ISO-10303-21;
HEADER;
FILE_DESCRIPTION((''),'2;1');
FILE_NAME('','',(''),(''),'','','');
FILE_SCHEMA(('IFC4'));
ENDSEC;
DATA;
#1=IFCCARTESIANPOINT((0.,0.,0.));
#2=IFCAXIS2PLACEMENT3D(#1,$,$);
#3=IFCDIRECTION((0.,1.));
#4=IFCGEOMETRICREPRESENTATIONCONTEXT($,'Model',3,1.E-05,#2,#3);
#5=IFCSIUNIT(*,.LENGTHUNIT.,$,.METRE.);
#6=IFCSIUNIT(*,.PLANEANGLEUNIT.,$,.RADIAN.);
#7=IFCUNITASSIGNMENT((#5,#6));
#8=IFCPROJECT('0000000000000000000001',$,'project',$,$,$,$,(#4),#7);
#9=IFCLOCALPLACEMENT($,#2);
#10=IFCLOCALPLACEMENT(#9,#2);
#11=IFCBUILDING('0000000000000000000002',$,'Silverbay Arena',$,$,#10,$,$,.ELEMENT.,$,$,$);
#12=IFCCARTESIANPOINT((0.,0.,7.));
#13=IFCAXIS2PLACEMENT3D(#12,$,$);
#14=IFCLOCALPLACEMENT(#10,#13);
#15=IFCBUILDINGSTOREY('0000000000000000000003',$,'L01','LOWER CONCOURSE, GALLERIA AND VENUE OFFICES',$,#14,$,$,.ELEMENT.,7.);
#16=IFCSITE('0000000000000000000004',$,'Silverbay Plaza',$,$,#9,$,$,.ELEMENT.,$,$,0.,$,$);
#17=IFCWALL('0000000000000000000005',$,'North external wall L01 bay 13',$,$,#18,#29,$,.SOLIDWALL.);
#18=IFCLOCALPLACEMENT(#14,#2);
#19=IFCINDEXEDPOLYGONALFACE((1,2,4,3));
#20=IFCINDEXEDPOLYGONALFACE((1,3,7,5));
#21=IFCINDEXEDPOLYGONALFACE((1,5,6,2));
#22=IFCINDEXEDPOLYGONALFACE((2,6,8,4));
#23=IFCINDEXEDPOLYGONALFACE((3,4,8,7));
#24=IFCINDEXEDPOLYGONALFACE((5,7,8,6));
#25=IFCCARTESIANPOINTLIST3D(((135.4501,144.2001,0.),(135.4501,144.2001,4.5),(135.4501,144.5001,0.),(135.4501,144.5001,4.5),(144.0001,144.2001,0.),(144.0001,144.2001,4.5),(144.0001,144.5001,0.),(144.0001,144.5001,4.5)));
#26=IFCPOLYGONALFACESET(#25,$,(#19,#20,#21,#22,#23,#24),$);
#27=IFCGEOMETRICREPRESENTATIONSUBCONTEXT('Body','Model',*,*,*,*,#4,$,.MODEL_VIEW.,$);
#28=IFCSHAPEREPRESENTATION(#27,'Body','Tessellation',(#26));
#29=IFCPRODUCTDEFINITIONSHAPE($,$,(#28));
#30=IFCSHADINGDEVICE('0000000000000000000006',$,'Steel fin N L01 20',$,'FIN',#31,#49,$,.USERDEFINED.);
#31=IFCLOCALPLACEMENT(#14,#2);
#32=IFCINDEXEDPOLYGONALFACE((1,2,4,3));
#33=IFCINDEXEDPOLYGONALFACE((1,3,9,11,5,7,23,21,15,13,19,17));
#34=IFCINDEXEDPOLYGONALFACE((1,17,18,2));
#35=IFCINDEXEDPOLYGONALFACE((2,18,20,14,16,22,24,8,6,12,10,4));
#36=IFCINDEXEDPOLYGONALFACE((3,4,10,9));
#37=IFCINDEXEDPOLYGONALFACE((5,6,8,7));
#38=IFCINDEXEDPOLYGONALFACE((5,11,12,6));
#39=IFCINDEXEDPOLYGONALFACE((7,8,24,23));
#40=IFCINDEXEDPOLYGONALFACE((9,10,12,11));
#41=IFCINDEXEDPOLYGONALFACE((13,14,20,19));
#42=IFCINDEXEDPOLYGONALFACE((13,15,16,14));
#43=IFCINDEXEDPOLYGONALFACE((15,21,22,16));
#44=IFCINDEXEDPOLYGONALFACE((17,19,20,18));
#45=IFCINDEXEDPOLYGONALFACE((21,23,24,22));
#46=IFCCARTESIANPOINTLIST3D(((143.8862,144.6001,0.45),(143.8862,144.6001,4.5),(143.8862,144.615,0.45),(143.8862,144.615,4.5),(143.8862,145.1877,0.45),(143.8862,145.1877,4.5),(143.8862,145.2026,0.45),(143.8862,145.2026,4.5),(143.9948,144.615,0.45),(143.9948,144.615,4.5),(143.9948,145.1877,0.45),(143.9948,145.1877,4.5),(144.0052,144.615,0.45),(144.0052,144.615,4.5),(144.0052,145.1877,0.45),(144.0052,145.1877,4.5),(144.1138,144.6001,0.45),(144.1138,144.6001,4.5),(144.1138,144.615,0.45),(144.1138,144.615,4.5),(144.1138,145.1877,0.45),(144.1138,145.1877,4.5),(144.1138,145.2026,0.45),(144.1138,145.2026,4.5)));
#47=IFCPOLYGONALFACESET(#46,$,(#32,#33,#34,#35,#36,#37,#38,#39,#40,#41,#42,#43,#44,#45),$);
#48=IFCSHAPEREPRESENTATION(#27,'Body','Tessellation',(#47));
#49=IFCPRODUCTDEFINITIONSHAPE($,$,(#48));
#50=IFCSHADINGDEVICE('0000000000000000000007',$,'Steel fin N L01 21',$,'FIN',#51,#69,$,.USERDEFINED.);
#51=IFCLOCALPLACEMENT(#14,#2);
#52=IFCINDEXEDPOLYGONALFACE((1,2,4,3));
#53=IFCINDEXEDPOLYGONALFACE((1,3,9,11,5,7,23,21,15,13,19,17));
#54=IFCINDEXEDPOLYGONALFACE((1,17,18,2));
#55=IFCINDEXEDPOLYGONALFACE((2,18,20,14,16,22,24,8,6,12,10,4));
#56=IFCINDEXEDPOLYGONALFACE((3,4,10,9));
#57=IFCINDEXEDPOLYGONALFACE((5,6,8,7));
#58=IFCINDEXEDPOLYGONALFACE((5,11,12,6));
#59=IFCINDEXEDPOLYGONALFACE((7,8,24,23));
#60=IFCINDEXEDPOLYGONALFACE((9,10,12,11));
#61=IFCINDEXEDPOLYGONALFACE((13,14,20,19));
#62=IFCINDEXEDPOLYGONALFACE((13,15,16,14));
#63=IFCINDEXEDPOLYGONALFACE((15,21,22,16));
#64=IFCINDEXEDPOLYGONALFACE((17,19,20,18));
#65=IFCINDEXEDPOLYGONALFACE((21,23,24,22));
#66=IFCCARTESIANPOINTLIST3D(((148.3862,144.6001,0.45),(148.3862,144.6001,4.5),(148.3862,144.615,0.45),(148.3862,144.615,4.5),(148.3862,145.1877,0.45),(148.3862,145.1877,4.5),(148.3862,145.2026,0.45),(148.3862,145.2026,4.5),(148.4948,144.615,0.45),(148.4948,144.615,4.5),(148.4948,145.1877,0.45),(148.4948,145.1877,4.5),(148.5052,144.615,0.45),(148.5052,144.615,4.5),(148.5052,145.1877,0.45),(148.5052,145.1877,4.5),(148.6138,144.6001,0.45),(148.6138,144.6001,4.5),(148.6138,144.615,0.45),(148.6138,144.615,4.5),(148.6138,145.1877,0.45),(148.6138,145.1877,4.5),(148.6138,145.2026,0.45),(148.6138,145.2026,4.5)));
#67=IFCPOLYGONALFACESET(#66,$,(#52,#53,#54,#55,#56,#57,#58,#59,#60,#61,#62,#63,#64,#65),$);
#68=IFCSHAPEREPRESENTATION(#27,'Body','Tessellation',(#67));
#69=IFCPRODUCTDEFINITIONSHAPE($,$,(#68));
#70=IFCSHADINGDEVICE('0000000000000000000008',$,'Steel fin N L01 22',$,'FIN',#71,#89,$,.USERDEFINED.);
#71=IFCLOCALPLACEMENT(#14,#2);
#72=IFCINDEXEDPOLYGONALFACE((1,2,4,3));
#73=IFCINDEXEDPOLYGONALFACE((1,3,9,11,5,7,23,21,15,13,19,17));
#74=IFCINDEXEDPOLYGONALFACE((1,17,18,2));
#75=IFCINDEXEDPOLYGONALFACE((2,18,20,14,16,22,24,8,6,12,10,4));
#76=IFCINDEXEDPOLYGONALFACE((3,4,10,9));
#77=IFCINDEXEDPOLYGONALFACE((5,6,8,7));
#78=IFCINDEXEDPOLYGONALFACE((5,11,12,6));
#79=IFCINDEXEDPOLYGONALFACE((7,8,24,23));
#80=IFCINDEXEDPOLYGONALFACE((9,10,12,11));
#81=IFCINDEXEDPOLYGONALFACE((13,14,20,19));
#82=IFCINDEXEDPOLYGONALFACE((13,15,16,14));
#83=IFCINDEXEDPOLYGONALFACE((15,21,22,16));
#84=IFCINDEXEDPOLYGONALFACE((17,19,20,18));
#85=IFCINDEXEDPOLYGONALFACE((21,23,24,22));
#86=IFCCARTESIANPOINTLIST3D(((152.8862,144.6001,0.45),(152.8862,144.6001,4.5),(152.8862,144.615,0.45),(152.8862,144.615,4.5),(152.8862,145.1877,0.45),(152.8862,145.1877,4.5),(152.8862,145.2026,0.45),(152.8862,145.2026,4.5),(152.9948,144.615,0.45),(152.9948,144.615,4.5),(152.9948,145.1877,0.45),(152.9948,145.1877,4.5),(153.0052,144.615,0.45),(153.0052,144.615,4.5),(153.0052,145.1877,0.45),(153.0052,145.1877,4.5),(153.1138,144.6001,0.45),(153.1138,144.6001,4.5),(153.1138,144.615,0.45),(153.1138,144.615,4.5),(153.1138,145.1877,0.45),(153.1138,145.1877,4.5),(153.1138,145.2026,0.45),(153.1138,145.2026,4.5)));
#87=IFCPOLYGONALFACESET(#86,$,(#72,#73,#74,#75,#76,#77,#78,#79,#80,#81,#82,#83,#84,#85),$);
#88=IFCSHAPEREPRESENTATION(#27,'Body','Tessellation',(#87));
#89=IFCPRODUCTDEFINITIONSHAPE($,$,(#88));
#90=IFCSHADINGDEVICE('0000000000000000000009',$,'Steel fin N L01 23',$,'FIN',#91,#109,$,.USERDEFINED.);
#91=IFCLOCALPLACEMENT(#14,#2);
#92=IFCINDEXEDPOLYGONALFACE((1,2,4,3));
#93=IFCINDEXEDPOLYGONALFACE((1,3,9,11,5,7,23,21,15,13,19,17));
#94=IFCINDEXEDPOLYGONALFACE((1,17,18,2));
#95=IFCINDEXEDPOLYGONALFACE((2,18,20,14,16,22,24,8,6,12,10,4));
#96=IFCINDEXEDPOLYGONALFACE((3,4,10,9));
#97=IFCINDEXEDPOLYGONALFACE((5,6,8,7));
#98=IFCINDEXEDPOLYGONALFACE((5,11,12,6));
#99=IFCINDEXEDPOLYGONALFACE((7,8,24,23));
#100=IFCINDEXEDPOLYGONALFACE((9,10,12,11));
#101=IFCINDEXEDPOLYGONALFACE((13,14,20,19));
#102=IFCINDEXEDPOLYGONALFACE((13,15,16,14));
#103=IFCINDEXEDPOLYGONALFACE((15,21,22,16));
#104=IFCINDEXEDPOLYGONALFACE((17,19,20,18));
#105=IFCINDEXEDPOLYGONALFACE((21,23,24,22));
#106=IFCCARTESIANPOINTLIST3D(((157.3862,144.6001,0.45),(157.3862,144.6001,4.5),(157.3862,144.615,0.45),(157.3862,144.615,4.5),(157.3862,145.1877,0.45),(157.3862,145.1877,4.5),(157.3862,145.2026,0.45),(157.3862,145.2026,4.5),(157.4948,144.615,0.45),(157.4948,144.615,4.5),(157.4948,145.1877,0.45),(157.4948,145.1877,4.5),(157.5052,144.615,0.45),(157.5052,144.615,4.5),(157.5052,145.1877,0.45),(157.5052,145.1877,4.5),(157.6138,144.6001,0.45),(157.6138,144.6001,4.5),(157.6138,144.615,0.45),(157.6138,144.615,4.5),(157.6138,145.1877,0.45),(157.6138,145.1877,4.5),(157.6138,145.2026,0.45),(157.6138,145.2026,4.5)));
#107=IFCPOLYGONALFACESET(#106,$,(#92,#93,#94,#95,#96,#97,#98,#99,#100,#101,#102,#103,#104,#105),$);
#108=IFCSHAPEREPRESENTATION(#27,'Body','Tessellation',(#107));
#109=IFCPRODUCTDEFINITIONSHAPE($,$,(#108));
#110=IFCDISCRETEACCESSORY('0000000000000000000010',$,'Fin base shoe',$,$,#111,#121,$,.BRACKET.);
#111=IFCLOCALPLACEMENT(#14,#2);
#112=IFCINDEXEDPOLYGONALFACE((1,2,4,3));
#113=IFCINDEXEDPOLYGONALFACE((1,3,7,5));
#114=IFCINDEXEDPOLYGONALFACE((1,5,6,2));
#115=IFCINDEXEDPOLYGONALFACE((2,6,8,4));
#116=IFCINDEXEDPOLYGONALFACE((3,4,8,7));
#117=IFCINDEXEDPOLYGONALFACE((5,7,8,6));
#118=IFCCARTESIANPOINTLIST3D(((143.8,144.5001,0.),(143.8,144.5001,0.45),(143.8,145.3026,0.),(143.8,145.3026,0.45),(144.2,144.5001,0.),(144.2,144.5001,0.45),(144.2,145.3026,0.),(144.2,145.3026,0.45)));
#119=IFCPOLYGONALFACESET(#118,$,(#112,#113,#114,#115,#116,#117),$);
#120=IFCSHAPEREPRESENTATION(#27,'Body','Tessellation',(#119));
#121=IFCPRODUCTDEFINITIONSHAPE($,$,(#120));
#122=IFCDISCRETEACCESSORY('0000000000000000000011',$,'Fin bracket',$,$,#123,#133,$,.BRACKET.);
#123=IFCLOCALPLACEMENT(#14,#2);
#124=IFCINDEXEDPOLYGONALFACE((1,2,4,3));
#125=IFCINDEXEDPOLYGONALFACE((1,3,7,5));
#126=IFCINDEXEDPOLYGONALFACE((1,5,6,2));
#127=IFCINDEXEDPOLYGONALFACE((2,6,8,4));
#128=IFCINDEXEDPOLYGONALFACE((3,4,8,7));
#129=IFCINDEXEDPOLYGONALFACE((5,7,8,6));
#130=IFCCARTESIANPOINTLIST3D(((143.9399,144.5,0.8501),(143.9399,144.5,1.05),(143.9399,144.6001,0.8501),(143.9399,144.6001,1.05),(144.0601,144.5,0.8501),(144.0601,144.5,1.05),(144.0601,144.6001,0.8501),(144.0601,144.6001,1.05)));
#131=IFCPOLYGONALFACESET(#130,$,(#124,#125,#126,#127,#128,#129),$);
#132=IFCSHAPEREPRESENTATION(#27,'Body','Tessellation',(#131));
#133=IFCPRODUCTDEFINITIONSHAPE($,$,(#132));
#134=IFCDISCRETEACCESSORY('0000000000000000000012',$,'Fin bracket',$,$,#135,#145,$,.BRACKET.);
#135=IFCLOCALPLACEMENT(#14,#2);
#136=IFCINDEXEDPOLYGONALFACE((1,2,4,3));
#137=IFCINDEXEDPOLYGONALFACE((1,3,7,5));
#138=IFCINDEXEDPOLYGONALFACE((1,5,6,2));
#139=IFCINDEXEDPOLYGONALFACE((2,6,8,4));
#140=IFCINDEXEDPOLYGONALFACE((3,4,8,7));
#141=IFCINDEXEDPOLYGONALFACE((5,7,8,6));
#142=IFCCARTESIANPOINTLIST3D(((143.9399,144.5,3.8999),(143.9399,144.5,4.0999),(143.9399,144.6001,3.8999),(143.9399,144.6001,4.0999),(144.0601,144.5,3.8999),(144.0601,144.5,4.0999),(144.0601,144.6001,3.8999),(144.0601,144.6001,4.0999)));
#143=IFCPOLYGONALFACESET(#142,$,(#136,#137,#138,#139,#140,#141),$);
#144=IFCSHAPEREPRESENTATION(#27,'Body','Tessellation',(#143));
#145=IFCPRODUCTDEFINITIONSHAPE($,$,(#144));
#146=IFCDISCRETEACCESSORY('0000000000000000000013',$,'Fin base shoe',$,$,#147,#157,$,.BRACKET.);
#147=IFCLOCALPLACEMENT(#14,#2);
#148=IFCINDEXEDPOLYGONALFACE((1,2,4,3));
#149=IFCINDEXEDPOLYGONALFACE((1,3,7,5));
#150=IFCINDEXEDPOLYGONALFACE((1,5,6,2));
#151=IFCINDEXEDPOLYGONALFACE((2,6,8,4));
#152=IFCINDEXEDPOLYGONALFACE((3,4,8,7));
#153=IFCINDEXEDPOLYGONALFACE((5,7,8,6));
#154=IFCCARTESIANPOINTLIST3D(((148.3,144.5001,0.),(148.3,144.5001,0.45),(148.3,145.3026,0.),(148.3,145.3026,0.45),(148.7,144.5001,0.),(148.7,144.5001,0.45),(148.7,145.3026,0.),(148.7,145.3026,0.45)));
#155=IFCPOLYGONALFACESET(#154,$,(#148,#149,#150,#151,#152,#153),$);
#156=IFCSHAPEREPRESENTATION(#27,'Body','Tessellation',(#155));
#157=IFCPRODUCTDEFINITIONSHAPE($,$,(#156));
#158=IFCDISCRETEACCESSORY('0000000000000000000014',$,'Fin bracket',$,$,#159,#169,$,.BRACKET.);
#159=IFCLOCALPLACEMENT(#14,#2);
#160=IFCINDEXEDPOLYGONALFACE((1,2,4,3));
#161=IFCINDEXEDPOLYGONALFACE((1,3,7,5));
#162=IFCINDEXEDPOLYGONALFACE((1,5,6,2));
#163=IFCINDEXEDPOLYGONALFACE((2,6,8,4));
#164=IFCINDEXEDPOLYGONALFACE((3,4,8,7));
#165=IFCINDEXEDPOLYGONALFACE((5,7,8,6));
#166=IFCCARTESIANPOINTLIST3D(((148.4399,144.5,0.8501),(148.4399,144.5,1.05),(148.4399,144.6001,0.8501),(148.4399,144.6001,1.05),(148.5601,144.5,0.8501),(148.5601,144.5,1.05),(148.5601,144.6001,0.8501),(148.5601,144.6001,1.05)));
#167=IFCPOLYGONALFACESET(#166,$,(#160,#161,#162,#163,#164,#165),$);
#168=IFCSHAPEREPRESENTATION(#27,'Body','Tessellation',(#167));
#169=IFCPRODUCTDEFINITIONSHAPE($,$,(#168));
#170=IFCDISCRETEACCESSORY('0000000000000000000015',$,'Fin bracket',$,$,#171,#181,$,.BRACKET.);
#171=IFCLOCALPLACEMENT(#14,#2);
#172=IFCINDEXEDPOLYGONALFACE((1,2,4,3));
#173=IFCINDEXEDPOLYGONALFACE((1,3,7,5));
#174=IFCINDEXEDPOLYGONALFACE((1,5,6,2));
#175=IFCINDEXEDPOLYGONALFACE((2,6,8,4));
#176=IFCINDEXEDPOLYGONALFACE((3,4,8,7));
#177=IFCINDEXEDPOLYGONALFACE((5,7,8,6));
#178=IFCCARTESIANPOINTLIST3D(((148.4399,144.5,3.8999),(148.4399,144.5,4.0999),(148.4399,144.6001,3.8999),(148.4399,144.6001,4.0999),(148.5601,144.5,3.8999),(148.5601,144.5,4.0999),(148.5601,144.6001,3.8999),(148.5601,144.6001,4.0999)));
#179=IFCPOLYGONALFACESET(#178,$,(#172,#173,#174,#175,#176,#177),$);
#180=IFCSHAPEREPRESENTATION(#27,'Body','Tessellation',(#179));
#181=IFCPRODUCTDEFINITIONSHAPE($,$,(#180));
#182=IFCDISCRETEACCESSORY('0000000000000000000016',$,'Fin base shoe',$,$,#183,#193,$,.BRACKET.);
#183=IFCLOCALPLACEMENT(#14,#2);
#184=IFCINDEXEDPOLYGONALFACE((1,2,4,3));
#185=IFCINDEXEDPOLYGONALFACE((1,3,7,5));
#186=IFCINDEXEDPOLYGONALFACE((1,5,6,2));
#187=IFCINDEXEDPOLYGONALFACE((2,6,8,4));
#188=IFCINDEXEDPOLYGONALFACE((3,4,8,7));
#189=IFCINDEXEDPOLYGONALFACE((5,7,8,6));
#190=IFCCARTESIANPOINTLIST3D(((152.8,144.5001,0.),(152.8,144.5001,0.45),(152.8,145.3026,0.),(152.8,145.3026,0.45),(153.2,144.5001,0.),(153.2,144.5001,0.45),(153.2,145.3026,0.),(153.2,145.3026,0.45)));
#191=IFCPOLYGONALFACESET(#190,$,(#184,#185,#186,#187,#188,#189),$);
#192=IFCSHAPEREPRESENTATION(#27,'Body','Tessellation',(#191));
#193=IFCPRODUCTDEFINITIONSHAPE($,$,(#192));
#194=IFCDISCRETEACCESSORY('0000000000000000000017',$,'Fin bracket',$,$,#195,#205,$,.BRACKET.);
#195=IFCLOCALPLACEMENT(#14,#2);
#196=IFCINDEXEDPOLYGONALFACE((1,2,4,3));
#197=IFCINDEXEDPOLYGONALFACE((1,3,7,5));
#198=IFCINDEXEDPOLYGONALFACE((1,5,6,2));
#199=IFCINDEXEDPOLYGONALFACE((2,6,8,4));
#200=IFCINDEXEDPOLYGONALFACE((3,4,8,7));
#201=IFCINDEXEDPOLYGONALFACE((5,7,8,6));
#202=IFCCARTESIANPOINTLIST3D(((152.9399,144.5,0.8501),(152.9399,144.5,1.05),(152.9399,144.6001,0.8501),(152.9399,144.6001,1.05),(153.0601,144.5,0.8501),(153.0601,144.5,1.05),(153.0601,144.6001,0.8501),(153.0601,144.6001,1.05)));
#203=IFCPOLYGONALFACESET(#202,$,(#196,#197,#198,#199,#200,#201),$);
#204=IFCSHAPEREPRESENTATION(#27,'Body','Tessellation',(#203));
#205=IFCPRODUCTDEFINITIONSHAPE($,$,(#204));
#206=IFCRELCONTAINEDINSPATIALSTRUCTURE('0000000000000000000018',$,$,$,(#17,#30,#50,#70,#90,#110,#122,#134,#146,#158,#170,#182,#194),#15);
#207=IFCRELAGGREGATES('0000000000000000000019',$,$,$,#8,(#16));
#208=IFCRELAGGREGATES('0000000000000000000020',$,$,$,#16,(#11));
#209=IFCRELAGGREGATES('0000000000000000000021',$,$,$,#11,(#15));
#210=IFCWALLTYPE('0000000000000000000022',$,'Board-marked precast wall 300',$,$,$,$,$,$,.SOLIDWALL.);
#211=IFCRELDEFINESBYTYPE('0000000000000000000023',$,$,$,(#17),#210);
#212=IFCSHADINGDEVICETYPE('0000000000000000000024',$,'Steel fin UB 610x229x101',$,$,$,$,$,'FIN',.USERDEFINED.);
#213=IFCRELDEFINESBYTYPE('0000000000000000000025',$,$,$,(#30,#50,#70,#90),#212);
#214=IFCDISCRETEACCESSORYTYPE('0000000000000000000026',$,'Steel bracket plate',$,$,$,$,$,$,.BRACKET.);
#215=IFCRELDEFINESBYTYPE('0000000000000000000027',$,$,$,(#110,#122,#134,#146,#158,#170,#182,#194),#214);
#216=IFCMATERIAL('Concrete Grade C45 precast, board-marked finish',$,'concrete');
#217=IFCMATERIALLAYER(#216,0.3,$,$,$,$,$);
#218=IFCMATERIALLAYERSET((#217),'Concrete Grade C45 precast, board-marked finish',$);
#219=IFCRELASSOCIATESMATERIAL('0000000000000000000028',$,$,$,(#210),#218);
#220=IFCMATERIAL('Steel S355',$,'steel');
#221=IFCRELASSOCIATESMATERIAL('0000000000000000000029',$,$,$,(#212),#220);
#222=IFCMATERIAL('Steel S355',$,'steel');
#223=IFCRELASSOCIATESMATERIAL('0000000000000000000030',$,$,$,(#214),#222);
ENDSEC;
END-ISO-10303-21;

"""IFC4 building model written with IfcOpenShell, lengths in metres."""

from ifc_helpers import new_model, si_unit, direction, frame, frame_2d, origin, origin_2d, place, context, subcontext, project, spatial, rectangle, i_section, extrude, material, layer, layer_set, material_profile, profile_set, type_object, element, save


model = new_model("IFC4")

# Units and contexts
model_context = context("Model", 3, precision=1e-05, world=origin(), true_north=direction((0.0, 1.0)))
body_context = subcontext(model_context, "Body", "Model", "MODEL_VIEW")
ifc_project = project(units=[si_unit("LENGTHUNIT", "METRE"), si_unit("PLANEANGLEUNIT", "RADIAN")], contexts=[model_context])

# Site, building, storey
site_placement = place(None, origin())
site = spatial("IfcSite", under=ifc_project, at=site_placement, Name="Silverbay Plaza", CompositionType="ELEMENT", RefElevation=0.0)
building_placement = place(site_placement, origin())
building = spatial("IfcBuilding", under=site, at=building_placement, Name="Silverbay Arena", CompositionType="ELEMENT")
storey_placement = place(building_placement, frame((0.0, 0.0, 7.0)))
storey = spatial("IfcBuildingStorey", under=building, at=storey_placement, Name="L01", Description="LOWER CONCOURSE, GALLERIA AND VENUE OFFICES", CompositionType="ELEMENT", Elevation=7.0)

# Wall
ifc_material_1 = material(Name="Concrete Grade C45 precast, board-marked finish", Category="concrete")
ifc_layer_1 = layer(ifc_material_1, 0.3)
ifc_layer_set_1 = layer_set([ifc_layer_1], Name="Concrete Grade C45 precast, board-marked finish")
wall_type = type_object("IfcWallType", Name="Board-marked precast wall 300", PredefinedType="SOLIDWALL", material=ifc_layer_set_1)
wall_placement = place(storey_placement, frame((144.0, 144.3501, 0.0), z_axis=(0.0, 0.0, 1.0), x_axis=(-1.0, 0.0, 0.0)))
element("IfcWall", 1, at=wall_placement, inside=storey, type_object=wall_type, Name="North external wall L01 bay 13", PredefinedType="SOLIDWALL", context=body_context, shape_type="SweptSolid", body=[
    extrude(rectangle(XDim=8.55, YDim=0.3, at=frame_2d((4.2749, 0.0))), origin(), (0.0, 0.0, 1.0), 4.5),
])

# Shading devices
ifc_material_2 = material(Name="Steel S355", Category="steel")
ifc_material_profile_1 = material_profile(ifc_material_2, i_section(OverallWidth=0.2275, OverallDepth=0.6025, WebThickness=0.0105, FlangeThickness=0.0149, at=origin_2d()), Name="UB 610x229x101")
ifc_profile_set_1 = profile_set([ifc_material_profile_1], Name="Steel S355")
shading_device_type = type_object("IfcShadingDeviceType", Name="Steel fin UB 610x229x101", ElementType="FIN", PredefinedType="USERDEFINED", material=ifc_profile_set_1)
for number, where, z_axis, x_axis, name in (
    (2, (144.0, 144.9014, 0.45), (0.0, 0.0, 1.0), (1.0, 0.0, 0.0), "Steel fin N L01 20"),
    (3, (148.5, 144.9014, 0.45), (0.0, 0.0, 1.0), (1.0, 0.0, 0.0), "Steel fin N L01 21"),
    (4, (153.0, 144.9014, 0.45), (0.0, 0.0, 1.0), (1.0, 0.0, 0.0), "Steel fin N L01 22"),
    (5, (157.5, 144.9014, 0.45), (0.0, 0.0, 1.0), (1.0, 0.0, 0.0), "Steel fin N L01 23"),
):
    element("IfcShadingDevice", number, at=place(storey_placement, frame(where, z_axis=z_axis, x_axis=x_axis)), inside=storey, type_object=shading_device_type, Name=name, ObjectType="FIN", PredefinedType="USERDEFINED", context=body_context, shape_type="SweptSolid", body=[
        extrude(i_section(OverallWidth=0.2275, OverallDepth=0.6025, WebThickness=0.0105, FlangeThickness=0.0149, at=origin_2d()), origin(), (0.0, 0.0, 1.0), 4.05),
    ])

# Discrete accessories
ifc_material_3 = material(Name="Steel S355", Category="steel")
discrete_accessory_type = type_object("IfcDiscreteAccessoryType", Name="Steel bracket plate", PredefinedType="BRACKET", material=ifc_material_3)
discrete_accessory_1_placement = place(storey_placement, frame((144.0, 144.9014, 0.0), z_axis=(0.0, 0.0, 1.0), x_axis=(1.0, 0.0, 0.0)))
element("IfcDiscreteAccessory", 6, at=discrete_accessory_1_placement, inside=storey, type_object=discrete_accessory_type, Name="Fin base shoe", PredefinedType="BRACKET", context=body_context, shape_type="SweptSolid", body=[
    extrude(rectangle(XDim=0.3999, YDim=0.8025, at=origin_2d()), origin(), (0.0, 0.0, 1.0), 0.45),
])
for number, where, z_axis, x_axis, name in (
    (7, (144.0, 144.55, 0.8501), (0.0, 0.0, 1.0), (1.0, 0.0, 0.0), "Fin bracket"),
    (8, (144.0, 144.55, 3.8999), (0.0, 0.0, 1.0), (1.0, 0.0, 0.0), "Fin bracket"),
):
    element("IfcDiscreteAccessory", number, at=place(storey_placement, frame(where, z_axis=z_axis, x_axis=x_axis)), inside=storey, type_object=discrete_accessory_type, Name=name, PredefinedType="BRACKET", context=body_context, shape_type="SweptSolid", body=[
        extrude(rectangle(XDim=0.1201, YDim=0.1001, at=origin_2d()), origin(), (0.0, 0.0, 1.0), 0.2),
    ])
discrete_accessory_2_placement = place(storey_placement, frame((148.5, 144.9014, 0.0), z_axis=(0.0, 0.0, 1.0), x_axis=(1.0, 0.0, 0.0)))
element("IfcDiscreteAccessory", 9, at=discrete_accessory_2_placement, inside=storey, type_object=discrete_accessory_type, Name="Fin base shoe", PredefinedType="BRACKET", context=body_context, shape_type="SweptSolid", body=[
    extrude(rectangle(XDim=0.3999, YDim=0.8025, at=origin_2d()), origin(), (0.0, 0.0, 1.0), 0.45),
])
for number, where, z_axis, x_axis, name in (
    (10, (148.5, 144.55, 0.8501), (0.0, 0.0, 1.0), (1.0, 0.0, 0.0), "Fin bracket"),
    (11, (148.5, 144.55, 3.8999), (0.0, 0.0, 1.0), (1.0, 0.0, 0.0), "Fin bracket"),
):
    element("IfcDiscreteAccessory", number, at=place(storey_placement, frame(where, z_axis=z_axis, x_axis=x_axis)), inside=storey, type_object=discrete_accessory_type, Name=name, PredefinedType="BRACKET", context=body_context, shape_type="SweptSolid", body=[
        extrude(rectangle(XDim=0.1201, YDim=0.1001, at=origin_2d()), origin(), (0.0, 0.0, 1.0), 0.2),
    ])
discrete_accessory_3_placement = place(storey_placement, frame((153.0, 144.9014, 0.0), z_axis=(0.0, 0.0, 1.0), x_axis=(1.0, 0.0, 0.0)))
element("IfcDiscreteAccessory", 12, at=discrete_accessory_3_placement, inside=storey, type_object=discrete_accessory_type, Name="Fin base shoe", PredefinedType="BRACKET", context=body_context, shape_type="SweptSolid", body=[
    extrude(rectangle(XDim=0.3999, YDim=0.8025, at=origin_2d()), origin(), (0.0, 0.0, 1.0), 0.45),
])
for number, where, z_axis, x_axis, name in (
    (13, (153.0, 144.55, 0.8501), (0.0, 0.0, 1.0), (1.0, 0.0, 0.0), "Fin bracket"),
):
    element("IfcDiscreteAccessory", number, at=place(storey_placement, frame(where, z_axis=z_axis, x_axis=x_axis)), inside=storey, type_object=discrete_accessory_type, Name=name, PredefinedType="BRACKET", context=body_context, shape_type="SweptSolid", body=[
        extrude(rectangle(XDim=0.1201, YDim=0.1001, at=origin_2d()), origin(), (0.0, 0.0, 1.0), 0.2),
    ])

save(model, "model.ifc")
